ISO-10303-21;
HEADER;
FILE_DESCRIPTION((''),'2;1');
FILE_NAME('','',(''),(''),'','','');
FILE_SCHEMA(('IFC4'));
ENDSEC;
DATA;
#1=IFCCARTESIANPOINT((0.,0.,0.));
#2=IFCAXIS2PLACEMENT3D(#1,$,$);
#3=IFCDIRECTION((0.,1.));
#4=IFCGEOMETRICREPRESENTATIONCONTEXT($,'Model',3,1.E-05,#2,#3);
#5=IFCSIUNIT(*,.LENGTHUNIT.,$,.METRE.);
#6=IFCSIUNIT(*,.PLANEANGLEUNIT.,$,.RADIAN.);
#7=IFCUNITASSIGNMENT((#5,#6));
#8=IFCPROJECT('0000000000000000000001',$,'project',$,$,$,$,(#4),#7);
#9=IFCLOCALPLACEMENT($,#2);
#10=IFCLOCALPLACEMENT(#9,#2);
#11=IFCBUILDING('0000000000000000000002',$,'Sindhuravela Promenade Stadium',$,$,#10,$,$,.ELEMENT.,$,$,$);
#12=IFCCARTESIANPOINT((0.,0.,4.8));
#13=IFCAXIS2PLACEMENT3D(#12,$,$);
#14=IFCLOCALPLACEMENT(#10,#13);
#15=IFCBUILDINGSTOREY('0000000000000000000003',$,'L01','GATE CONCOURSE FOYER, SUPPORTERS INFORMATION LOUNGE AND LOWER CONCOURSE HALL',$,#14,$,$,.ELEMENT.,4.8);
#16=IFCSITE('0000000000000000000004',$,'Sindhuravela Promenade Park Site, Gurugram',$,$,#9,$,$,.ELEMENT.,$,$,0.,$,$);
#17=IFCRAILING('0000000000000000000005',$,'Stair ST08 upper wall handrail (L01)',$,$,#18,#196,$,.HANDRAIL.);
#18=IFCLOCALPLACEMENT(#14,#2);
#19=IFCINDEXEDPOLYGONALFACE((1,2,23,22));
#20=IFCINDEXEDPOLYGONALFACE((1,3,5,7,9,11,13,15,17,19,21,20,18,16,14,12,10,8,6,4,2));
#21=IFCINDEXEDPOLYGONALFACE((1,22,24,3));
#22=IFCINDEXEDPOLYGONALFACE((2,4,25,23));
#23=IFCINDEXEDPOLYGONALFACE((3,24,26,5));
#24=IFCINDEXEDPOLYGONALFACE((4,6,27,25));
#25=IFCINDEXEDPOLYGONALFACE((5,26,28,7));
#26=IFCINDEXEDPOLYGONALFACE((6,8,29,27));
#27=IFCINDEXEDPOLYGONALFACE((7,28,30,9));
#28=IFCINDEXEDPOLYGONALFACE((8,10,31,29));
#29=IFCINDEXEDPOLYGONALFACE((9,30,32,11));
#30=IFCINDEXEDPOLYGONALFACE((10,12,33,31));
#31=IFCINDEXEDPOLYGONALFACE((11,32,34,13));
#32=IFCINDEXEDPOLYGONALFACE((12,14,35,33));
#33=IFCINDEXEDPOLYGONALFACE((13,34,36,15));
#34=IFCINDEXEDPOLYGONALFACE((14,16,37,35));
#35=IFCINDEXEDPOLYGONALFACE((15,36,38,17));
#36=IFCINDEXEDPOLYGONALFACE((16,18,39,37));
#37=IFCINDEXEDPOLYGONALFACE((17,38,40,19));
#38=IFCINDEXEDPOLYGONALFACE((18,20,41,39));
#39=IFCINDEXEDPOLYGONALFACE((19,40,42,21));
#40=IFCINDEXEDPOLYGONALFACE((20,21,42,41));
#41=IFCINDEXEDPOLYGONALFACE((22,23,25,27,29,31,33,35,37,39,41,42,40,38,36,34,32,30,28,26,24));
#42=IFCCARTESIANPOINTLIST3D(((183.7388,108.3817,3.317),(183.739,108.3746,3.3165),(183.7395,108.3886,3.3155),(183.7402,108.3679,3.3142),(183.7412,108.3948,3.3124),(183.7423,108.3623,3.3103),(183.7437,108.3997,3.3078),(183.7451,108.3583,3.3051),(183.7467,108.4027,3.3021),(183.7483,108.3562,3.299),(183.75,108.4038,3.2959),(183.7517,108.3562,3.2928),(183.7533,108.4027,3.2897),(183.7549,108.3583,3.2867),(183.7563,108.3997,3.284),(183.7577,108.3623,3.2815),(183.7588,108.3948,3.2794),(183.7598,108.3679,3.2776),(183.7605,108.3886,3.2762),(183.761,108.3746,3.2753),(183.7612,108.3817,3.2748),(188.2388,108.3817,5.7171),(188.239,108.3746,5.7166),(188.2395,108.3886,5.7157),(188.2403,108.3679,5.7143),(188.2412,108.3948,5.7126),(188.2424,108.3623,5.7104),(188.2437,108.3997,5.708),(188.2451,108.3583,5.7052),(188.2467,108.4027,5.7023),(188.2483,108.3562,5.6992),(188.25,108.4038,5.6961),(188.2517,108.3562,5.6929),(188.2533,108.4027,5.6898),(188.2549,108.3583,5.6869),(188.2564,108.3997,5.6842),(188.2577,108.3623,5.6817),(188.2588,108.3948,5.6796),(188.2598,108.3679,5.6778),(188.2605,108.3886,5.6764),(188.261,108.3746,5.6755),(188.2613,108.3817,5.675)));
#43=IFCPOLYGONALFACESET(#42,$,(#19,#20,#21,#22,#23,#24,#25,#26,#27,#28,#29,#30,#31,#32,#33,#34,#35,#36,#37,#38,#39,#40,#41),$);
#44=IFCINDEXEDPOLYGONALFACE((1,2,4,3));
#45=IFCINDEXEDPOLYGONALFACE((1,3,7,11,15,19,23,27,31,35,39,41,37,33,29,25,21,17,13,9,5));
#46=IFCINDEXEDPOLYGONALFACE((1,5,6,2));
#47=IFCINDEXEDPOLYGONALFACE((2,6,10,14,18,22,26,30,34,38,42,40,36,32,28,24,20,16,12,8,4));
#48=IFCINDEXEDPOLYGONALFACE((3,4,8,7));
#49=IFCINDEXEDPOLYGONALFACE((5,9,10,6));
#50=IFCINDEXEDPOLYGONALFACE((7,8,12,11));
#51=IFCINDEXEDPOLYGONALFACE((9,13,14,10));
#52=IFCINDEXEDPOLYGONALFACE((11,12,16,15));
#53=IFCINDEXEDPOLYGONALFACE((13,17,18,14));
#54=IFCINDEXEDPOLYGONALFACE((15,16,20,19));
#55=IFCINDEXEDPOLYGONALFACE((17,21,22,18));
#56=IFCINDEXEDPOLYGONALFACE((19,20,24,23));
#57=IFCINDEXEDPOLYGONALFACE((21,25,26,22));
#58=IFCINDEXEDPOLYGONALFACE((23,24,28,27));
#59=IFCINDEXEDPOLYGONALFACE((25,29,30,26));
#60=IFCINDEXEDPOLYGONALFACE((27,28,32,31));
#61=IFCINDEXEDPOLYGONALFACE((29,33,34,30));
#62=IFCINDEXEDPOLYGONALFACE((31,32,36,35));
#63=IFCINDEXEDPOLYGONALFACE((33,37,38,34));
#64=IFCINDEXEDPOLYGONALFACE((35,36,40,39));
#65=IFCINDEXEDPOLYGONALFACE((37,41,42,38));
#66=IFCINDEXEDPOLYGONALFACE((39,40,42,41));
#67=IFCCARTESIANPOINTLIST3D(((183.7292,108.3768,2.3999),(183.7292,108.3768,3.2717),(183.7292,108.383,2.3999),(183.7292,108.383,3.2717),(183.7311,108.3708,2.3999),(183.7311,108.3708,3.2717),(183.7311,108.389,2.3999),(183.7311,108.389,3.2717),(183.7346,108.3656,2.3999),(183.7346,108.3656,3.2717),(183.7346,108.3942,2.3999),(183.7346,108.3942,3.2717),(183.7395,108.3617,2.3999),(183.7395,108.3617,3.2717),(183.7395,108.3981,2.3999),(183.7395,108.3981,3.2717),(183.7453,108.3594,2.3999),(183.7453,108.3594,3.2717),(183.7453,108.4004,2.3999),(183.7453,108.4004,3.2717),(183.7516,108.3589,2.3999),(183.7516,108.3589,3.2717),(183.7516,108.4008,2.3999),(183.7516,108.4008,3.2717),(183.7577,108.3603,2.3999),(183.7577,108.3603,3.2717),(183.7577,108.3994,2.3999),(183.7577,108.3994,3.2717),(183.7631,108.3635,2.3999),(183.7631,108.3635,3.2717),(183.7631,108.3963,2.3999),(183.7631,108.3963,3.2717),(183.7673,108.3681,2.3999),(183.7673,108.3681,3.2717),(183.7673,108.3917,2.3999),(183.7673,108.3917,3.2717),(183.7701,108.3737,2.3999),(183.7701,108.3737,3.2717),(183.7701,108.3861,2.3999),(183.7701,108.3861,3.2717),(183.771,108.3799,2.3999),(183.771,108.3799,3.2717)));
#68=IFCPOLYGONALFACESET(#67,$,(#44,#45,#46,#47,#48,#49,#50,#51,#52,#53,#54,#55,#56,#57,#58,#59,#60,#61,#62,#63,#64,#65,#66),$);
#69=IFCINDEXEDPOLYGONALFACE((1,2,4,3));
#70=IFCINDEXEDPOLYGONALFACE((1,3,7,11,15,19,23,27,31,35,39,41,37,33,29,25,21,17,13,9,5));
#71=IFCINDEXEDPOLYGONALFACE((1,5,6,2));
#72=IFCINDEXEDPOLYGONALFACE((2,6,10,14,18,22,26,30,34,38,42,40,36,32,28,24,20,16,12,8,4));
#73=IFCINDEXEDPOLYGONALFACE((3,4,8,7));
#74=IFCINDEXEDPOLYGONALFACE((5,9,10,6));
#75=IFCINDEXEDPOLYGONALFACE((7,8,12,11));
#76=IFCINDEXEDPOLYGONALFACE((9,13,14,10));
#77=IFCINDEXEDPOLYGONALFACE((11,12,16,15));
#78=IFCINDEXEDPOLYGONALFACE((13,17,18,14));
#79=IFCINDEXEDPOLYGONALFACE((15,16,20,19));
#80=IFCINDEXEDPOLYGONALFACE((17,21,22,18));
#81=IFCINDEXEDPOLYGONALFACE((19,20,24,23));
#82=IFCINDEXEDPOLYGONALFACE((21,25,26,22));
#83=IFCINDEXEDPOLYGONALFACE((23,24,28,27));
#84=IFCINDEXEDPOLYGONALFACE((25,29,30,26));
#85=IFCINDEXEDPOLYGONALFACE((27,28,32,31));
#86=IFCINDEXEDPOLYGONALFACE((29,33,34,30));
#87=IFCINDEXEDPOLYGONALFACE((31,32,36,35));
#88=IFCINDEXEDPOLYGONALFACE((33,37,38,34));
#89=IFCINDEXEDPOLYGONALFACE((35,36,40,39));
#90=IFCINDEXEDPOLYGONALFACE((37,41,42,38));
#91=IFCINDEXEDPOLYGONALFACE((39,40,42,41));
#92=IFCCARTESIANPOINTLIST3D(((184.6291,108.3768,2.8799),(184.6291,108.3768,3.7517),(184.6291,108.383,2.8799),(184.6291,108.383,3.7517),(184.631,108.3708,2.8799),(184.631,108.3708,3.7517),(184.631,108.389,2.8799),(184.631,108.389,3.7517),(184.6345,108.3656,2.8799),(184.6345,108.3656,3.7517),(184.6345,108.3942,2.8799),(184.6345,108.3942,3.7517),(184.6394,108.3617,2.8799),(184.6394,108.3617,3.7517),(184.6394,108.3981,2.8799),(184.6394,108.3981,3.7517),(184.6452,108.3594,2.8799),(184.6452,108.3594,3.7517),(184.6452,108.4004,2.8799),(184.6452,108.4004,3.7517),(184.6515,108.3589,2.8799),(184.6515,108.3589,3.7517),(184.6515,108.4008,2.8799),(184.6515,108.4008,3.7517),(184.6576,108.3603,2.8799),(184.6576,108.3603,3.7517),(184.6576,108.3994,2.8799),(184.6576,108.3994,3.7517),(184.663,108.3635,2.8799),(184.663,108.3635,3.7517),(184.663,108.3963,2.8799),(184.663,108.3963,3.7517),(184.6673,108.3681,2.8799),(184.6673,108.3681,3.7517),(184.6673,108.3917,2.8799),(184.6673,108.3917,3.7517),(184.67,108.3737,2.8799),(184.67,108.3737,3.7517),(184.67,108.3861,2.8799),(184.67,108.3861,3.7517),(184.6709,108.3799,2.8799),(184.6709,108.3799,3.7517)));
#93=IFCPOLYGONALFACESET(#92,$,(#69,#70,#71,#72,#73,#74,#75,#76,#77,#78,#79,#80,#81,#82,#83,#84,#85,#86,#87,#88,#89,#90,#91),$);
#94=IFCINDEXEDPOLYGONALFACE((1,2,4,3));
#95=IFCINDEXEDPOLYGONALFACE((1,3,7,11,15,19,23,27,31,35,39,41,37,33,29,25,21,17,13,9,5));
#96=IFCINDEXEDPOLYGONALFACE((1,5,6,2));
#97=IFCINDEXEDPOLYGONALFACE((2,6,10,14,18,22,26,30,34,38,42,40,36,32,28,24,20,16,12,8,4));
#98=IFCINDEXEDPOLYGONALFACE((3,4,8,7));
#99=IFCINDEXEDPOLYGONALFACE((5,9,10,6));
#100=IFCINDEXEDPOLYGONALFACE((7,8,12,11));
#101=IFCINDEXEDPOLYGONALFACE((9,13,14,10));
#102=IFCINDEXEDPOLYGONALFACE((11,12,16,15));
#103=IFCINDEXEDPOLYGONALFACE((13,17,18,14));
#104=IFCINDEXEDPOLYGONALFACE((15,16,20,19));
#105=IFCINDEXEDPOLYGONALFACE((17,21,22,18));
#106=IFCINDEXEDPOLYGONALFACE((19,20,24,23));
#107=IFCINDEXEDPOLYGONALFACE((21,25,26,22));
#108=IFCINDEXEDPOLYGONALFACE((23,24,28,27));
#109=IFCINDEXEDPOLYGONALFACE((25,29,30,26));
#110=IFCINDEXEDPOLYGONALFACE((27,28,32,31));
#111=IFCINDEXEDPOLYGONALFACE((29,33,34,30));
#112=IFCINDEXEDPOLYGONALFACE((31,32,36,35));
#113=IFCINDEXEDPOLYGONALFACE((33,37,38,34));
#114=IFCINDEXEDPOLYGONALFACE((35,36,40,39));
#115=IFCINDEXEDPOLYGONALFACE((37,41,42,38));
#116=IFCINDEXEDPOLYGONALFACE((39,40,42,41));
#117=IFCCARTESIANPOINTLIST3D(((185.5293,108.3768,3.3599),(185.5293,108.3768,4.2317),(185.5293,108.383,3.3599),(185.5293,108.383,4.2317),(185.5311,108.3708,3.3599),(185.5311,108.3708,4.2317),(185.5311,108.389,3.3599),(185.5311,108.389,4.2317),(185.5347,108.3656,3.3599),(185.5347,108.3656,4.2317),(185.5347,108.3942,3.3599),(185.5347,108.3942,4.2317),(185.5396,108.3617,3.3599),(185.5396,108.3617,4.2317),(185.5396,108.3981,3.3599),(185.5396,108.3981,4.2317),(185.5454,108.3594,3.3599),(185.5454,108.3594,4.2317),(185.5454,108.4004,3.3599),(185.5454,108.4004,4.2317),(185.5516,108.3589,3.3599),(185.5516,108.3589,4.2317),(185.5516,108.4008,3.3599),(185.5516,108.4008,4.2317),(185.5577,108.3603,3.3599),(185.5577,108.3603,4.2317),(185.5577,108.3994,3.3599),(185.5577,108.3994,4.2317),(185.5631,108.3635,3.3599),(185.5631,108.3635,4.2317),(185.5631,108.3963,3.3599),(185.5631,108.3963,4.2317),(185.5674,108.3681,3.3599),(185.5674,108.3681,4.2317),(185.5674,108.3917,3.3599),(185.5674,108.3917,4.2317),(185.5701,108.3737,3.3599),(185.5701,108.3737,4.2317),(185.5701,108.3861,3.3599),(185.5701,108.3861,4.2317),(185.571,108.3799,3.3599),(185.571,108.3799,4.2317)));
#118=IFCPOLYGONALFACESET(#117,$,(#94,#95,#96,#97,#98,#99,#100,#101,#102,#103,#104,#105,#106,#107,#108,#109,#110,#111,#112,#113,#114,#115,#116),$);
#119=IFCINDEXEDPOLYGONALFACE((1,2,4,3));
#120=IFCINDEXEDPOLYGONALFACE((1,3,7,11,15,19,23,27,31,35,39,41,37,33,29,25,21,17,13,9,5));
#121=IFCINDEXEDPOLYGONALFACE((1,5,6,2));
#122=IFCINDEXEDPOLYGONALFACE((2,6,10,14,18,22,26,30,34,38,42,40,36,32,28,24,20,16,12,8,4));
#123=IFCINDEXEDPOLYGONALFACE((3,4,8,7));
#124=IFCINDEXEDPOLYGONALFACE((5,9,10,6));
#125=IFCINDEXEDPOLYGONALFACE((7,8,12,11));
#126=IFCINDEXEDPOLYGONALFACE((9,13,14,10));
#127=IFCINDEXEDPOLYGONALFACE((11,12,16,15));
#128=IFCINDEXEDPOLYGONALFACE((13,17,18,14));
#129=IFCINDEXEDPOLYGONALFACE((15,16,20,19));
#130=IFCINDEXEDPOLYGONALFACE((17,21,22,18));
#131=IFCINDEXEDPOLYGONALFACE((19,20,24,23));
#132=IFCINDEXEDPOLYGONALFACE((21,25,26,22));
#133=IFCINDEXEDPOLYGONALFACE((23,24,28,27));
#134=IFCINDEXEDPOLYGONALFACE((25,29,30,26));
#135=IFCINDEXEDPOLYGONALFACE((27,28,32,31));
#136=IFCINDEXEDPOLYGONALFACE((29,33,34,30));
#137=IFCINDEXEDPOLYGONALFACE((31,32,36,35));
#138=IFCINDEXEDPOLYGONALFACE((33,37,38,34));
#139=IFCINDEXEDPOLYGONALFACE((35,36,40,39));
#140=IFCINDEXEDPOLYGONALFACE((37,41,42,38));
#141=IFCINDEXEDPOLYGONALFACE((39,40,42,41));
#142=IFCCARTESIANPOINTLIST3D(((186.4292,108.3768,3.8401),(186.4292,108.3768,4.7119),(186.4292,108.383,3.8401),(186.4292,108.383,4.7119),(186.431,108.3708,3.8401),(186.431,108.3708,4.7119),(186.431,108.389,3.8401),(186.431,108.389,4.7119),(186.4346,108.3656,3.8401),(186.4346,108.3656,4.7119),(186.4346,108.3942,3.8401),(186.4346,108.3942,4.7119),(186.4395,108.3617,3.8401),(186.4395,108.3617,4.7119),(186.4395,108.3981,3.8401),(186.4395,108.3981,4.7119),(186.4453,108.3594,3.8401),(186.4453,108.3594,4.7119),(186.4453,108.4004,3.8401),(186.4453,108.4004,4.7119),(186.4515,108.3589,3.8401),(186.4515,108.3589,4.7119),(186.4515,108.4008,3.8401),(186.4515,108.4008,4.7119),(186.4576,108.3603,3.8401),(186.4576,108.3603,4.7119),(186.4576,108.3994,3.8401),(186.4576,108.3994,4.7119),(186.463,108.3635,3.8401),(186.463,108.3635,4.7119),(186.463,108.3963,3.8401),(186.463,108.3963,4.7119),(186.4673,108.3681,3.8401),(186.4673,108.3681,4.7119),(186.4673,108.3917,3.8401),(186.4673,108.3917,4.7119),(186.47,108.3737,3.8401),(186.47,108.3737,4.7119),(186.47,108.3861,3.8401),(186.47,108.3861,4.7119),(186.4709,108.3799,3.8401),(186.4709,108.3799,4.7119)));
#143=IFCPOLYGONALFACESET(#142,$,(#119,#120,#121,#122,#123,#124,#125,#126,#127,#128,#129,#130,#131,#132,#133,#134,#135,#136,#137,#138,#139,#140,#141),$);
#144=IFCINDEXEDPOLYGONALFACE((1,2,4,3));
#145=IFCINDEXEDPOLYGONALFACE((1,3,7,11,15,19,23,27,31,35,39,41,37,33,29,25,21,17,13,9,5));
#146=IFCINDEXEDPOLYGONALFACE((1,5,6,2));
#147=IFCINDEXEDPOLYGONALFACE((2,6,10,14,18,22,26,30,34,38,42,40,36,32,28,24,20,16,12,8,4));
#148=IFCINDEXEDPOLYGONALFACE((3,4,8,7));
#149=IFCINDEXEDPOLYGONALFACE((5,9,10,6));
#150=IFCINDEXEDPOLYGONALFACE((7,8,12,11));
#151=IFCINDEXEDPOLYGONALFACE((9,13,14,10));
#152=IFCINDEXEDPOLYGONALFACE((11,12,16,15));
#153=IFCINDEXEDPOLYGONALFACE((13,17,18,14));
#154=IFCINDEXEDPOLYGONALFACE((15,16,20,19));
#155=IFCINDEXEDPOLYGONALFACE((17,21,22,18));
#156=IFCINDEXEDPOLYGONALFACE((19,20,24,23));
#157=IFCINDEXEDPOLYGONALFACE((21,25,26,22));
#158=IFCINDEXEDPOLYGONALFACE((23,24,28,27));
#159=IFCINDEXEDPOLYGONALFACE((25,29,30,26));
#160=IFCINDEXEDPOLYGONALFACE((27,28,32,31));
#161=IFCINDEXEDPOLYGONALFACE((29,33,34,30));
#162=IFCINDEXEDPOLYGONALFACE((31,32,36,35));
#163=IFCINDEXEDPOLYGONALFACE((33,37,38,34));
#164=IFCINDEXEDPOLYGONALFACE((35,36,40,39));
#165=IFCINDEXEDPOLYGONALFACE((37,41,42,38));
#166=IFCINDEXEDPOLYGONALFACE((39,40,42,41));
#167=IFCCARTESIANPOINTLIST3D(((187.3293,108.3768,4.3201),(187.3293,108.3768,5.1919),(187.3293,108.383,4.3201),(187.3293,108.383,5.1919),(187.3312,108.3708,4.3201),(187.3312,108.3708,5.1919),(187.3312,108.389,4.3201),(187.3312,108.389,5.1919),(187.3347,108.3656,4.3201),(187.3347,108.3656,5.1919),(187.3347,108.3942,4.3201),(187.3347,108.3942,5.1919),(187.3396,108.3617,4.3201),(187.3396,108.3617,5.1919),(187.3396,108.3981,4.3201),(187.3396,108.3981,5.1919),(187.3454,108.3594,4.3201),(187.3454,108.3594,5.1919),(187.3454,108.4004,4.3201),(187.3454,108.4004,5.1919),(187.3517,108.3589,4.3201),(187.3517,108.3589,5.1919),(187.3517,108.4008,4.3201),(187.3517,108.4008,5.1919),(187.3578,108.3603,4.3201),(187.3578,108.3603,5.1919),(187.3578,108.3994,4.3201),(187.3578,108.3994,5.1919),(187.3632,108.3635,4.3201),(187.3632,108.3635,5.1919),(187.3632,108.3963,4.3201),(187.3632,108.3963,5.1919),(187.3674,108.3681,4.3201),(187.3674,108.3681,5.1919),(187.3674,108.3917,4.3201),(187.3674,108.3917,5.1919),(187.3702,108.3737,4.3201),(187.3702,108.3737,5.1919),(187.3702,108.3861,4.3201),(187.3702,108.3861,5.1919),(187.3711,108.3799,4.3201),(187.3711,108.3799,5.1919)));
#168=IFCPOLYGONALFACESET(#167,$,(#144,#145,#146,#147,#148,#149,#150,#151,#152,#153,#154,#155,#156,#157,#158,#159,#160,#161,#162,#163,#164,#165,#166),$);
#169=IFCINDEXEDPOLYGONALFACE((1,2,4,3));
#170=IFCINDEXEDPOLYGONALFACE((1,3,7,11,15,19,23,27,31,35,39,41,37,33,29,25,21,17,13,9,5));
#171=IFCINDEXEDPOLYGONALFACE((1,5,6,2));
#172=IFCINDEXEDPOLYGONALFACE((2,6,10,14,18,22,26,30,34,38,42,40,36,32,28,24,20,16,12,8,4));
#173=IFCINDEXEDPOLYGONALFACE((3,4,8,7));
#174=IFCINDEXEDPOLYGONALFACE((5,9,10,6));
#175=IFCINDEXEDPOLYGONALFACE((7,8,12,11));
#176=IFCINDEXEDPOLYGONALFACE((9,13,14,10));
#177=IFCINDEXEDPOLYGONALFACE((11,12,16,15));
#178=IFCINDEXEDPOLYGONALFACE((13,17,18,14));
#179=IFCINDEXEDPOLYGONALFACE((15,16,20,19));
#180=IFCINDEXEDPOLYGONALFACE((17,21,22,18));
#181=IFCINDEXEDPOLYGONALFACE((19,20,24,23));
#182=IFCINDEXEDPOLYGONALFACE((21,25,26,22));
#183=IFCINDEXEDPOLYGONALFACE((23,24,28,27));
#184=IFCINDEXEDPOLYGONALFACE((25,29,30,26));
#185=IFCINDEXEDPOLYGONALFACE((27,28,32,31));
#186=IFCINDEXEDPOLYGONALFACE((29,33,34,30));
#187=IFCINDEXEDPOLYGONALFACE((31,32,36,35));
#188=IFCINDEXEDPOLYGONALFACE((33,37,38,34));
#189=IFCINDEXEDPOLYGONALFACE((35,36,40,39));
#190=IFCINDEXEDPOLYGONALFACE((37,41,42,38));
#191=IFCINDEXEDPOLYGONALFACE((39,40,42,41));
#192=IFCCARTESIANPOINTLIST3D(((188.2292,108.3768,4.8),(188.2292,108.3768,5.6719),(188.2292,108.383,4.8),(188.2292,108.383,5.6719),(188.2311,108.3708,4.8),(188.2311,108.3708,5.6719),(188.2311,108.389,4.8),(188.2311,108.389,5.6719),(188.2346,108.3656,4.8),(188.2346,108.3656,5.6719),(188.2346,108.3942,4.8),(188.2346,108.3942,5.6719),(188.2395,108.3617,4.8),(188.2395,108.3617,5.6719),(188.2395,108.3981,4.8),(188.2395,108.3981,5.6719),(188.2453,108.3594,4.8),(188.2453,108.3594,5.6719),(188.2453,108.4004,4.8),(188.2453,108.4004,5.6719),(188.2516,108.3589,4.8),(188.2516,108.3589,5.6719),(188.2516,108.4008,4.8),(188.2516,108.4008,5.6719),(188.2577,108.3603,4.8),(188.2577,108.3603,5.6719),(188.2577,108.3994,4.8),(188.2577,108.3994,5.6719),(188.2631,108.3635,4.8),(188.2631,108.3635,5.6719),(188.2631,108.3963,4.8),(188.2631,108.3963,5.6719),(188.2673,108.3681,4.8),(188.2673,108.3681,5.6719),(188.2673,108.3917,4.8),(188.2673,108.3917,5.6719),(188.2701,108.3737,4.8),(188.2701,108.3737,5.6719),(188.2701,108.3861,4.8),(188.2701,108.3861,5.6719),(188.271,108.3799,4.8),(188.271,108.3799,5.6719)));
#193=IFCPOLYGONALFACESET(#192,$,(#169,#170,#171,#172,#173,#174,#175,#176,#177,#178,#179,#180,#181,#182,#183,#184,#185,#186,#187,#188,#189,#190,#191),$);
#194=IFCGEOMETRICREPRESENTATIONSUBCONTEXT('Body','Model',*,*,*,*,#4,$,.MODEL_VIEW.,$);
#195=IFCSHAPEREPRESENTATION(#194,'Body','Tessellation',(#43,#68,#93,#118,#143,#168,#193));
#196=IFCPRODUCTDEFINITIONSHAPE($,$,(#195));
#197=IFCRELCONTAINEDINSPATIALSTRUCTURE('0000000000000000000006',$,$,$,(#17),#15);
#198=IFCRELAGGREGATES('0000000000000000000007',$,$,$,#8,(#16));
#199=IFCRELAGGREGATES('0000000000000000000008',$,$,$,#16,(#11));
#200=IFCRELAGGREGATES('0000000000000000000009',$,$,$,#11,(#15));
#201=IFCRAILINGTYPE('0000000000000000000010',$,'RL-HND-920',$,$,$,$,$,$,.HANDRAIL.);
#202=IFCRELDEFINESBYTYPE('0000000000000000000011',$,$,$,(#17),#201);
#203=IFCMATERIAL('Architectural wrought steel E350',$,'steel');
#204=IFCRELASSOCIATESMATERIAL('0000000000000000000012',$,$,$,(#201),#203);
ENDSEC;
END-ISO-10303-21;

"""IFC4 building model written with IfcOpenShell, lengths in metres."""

from ifc_helpers import new_model, si_unit, direction, frame, origin, origin_2d, place, context, subcontext, project, spatial, circle, extrude, material, type_object, element, save


model = new_model("IFC4")

# Units and contexts
model_context = context("Model", 3, precision=1e-05, world=origin(), true_north=direction((0.0, 1.0)))
body_context = subcontext(model_context, "Body", "Model", "MODEL_VIEW")
ifc_project = project(units=[si_unit("LENGTHUNIT", "METRE"), si_unit("PLANEANGLEUNIT", "RADIAN")], contexts=[model_context])

# Site, building, storey
site_placement = place(None, origin())
site = spatial("IfcSite", under=ifc_project, at=site_placement, Name="Sindhuravela Promenade Park Site, Gurugram", CompositionType="ELEMENT", RefElevation=0.0)
building_placement = place(site_placement, origin())
building = spatial("IfcBuilding", under=site, at=building_placement, Name="Sindhuravela Promenade Stadium", CompositionType="ELEMENT")
storey_placement = place(building_placement, frame((0.0, 0.0, 4.8)))
storey = spatial("IfcBuildingStorey", under=building, at=storey_placement, Name="L01", Description="GATE CONCOURSE FOYER, SUPPORTERS INFORMATION LOUNGE AND LOWER CONCOURSE HALL", CompositionType="ELEMENT", Elevation=4.8)

# Railing
ifc_material_1 = material(Name="Architectural wrought steel E350", Category="steel")
railing_type_1 = type_object("IfcRailingType", Name="RL-HND-920", PredefinedType="HANDRAIL", material=ifc_material_1)
railing_1_placement = place(storey_placement, frame((183.75, 108.3799, 2.3999)))
element("IfcRailing", 1, at=railing_1_placement, inside=storey, type_object=railing_type_1, Name="Stair ST08 upper wall handrail (L01)", PredefinedType="HANDRAIL", context=body_context, shape_type="SweptSolid", body=[
    extrude(circle(Radius=0.0239, at=origin_2d()), frame((0.0, 0.0, 0.896), z_axis=(0.882341, 0.0, 0.470611), x_axis=(0.0, 1.0, 0.0)), (0.0, 0.0, 1.0), 5.1001),
    extrude(circle(Radius=0.021, at=origin_2d()), origin(), (0.0, 0.0, 1.0), 0.8718),
    extrude(circle(Radius=0.021, at=origin_2d()), frame((0.8999, 0.0, 0.48)), (0.0, 0.0, 1.0), 0.8718),
    extrude(circle(Radius=0.021, at=origin_2d()), frame((1.8, 0.0, 0.96)), (0.0, 0.0, 1.0), 0.8718),
    extrude(circle(Radius=0.021, at=origin_2d()), frame((2.7, 0.0, 1.4402)), (0.0, 0.0, 1.0), 0.8718),
    extrude(circle(Radius=0.021, at=origin_2d()), frame((3.6001, 0.0, 1.9202)), (0.0, 0.0, 1.0), 0.8718),
    extrude(circle(Radius=0.021, at=origin_2d()), frame((4.5, 0.0, 2.4001)), (0.0, 0.0, 1.0), 0.8718),
])

save(model, "model.ifc")
